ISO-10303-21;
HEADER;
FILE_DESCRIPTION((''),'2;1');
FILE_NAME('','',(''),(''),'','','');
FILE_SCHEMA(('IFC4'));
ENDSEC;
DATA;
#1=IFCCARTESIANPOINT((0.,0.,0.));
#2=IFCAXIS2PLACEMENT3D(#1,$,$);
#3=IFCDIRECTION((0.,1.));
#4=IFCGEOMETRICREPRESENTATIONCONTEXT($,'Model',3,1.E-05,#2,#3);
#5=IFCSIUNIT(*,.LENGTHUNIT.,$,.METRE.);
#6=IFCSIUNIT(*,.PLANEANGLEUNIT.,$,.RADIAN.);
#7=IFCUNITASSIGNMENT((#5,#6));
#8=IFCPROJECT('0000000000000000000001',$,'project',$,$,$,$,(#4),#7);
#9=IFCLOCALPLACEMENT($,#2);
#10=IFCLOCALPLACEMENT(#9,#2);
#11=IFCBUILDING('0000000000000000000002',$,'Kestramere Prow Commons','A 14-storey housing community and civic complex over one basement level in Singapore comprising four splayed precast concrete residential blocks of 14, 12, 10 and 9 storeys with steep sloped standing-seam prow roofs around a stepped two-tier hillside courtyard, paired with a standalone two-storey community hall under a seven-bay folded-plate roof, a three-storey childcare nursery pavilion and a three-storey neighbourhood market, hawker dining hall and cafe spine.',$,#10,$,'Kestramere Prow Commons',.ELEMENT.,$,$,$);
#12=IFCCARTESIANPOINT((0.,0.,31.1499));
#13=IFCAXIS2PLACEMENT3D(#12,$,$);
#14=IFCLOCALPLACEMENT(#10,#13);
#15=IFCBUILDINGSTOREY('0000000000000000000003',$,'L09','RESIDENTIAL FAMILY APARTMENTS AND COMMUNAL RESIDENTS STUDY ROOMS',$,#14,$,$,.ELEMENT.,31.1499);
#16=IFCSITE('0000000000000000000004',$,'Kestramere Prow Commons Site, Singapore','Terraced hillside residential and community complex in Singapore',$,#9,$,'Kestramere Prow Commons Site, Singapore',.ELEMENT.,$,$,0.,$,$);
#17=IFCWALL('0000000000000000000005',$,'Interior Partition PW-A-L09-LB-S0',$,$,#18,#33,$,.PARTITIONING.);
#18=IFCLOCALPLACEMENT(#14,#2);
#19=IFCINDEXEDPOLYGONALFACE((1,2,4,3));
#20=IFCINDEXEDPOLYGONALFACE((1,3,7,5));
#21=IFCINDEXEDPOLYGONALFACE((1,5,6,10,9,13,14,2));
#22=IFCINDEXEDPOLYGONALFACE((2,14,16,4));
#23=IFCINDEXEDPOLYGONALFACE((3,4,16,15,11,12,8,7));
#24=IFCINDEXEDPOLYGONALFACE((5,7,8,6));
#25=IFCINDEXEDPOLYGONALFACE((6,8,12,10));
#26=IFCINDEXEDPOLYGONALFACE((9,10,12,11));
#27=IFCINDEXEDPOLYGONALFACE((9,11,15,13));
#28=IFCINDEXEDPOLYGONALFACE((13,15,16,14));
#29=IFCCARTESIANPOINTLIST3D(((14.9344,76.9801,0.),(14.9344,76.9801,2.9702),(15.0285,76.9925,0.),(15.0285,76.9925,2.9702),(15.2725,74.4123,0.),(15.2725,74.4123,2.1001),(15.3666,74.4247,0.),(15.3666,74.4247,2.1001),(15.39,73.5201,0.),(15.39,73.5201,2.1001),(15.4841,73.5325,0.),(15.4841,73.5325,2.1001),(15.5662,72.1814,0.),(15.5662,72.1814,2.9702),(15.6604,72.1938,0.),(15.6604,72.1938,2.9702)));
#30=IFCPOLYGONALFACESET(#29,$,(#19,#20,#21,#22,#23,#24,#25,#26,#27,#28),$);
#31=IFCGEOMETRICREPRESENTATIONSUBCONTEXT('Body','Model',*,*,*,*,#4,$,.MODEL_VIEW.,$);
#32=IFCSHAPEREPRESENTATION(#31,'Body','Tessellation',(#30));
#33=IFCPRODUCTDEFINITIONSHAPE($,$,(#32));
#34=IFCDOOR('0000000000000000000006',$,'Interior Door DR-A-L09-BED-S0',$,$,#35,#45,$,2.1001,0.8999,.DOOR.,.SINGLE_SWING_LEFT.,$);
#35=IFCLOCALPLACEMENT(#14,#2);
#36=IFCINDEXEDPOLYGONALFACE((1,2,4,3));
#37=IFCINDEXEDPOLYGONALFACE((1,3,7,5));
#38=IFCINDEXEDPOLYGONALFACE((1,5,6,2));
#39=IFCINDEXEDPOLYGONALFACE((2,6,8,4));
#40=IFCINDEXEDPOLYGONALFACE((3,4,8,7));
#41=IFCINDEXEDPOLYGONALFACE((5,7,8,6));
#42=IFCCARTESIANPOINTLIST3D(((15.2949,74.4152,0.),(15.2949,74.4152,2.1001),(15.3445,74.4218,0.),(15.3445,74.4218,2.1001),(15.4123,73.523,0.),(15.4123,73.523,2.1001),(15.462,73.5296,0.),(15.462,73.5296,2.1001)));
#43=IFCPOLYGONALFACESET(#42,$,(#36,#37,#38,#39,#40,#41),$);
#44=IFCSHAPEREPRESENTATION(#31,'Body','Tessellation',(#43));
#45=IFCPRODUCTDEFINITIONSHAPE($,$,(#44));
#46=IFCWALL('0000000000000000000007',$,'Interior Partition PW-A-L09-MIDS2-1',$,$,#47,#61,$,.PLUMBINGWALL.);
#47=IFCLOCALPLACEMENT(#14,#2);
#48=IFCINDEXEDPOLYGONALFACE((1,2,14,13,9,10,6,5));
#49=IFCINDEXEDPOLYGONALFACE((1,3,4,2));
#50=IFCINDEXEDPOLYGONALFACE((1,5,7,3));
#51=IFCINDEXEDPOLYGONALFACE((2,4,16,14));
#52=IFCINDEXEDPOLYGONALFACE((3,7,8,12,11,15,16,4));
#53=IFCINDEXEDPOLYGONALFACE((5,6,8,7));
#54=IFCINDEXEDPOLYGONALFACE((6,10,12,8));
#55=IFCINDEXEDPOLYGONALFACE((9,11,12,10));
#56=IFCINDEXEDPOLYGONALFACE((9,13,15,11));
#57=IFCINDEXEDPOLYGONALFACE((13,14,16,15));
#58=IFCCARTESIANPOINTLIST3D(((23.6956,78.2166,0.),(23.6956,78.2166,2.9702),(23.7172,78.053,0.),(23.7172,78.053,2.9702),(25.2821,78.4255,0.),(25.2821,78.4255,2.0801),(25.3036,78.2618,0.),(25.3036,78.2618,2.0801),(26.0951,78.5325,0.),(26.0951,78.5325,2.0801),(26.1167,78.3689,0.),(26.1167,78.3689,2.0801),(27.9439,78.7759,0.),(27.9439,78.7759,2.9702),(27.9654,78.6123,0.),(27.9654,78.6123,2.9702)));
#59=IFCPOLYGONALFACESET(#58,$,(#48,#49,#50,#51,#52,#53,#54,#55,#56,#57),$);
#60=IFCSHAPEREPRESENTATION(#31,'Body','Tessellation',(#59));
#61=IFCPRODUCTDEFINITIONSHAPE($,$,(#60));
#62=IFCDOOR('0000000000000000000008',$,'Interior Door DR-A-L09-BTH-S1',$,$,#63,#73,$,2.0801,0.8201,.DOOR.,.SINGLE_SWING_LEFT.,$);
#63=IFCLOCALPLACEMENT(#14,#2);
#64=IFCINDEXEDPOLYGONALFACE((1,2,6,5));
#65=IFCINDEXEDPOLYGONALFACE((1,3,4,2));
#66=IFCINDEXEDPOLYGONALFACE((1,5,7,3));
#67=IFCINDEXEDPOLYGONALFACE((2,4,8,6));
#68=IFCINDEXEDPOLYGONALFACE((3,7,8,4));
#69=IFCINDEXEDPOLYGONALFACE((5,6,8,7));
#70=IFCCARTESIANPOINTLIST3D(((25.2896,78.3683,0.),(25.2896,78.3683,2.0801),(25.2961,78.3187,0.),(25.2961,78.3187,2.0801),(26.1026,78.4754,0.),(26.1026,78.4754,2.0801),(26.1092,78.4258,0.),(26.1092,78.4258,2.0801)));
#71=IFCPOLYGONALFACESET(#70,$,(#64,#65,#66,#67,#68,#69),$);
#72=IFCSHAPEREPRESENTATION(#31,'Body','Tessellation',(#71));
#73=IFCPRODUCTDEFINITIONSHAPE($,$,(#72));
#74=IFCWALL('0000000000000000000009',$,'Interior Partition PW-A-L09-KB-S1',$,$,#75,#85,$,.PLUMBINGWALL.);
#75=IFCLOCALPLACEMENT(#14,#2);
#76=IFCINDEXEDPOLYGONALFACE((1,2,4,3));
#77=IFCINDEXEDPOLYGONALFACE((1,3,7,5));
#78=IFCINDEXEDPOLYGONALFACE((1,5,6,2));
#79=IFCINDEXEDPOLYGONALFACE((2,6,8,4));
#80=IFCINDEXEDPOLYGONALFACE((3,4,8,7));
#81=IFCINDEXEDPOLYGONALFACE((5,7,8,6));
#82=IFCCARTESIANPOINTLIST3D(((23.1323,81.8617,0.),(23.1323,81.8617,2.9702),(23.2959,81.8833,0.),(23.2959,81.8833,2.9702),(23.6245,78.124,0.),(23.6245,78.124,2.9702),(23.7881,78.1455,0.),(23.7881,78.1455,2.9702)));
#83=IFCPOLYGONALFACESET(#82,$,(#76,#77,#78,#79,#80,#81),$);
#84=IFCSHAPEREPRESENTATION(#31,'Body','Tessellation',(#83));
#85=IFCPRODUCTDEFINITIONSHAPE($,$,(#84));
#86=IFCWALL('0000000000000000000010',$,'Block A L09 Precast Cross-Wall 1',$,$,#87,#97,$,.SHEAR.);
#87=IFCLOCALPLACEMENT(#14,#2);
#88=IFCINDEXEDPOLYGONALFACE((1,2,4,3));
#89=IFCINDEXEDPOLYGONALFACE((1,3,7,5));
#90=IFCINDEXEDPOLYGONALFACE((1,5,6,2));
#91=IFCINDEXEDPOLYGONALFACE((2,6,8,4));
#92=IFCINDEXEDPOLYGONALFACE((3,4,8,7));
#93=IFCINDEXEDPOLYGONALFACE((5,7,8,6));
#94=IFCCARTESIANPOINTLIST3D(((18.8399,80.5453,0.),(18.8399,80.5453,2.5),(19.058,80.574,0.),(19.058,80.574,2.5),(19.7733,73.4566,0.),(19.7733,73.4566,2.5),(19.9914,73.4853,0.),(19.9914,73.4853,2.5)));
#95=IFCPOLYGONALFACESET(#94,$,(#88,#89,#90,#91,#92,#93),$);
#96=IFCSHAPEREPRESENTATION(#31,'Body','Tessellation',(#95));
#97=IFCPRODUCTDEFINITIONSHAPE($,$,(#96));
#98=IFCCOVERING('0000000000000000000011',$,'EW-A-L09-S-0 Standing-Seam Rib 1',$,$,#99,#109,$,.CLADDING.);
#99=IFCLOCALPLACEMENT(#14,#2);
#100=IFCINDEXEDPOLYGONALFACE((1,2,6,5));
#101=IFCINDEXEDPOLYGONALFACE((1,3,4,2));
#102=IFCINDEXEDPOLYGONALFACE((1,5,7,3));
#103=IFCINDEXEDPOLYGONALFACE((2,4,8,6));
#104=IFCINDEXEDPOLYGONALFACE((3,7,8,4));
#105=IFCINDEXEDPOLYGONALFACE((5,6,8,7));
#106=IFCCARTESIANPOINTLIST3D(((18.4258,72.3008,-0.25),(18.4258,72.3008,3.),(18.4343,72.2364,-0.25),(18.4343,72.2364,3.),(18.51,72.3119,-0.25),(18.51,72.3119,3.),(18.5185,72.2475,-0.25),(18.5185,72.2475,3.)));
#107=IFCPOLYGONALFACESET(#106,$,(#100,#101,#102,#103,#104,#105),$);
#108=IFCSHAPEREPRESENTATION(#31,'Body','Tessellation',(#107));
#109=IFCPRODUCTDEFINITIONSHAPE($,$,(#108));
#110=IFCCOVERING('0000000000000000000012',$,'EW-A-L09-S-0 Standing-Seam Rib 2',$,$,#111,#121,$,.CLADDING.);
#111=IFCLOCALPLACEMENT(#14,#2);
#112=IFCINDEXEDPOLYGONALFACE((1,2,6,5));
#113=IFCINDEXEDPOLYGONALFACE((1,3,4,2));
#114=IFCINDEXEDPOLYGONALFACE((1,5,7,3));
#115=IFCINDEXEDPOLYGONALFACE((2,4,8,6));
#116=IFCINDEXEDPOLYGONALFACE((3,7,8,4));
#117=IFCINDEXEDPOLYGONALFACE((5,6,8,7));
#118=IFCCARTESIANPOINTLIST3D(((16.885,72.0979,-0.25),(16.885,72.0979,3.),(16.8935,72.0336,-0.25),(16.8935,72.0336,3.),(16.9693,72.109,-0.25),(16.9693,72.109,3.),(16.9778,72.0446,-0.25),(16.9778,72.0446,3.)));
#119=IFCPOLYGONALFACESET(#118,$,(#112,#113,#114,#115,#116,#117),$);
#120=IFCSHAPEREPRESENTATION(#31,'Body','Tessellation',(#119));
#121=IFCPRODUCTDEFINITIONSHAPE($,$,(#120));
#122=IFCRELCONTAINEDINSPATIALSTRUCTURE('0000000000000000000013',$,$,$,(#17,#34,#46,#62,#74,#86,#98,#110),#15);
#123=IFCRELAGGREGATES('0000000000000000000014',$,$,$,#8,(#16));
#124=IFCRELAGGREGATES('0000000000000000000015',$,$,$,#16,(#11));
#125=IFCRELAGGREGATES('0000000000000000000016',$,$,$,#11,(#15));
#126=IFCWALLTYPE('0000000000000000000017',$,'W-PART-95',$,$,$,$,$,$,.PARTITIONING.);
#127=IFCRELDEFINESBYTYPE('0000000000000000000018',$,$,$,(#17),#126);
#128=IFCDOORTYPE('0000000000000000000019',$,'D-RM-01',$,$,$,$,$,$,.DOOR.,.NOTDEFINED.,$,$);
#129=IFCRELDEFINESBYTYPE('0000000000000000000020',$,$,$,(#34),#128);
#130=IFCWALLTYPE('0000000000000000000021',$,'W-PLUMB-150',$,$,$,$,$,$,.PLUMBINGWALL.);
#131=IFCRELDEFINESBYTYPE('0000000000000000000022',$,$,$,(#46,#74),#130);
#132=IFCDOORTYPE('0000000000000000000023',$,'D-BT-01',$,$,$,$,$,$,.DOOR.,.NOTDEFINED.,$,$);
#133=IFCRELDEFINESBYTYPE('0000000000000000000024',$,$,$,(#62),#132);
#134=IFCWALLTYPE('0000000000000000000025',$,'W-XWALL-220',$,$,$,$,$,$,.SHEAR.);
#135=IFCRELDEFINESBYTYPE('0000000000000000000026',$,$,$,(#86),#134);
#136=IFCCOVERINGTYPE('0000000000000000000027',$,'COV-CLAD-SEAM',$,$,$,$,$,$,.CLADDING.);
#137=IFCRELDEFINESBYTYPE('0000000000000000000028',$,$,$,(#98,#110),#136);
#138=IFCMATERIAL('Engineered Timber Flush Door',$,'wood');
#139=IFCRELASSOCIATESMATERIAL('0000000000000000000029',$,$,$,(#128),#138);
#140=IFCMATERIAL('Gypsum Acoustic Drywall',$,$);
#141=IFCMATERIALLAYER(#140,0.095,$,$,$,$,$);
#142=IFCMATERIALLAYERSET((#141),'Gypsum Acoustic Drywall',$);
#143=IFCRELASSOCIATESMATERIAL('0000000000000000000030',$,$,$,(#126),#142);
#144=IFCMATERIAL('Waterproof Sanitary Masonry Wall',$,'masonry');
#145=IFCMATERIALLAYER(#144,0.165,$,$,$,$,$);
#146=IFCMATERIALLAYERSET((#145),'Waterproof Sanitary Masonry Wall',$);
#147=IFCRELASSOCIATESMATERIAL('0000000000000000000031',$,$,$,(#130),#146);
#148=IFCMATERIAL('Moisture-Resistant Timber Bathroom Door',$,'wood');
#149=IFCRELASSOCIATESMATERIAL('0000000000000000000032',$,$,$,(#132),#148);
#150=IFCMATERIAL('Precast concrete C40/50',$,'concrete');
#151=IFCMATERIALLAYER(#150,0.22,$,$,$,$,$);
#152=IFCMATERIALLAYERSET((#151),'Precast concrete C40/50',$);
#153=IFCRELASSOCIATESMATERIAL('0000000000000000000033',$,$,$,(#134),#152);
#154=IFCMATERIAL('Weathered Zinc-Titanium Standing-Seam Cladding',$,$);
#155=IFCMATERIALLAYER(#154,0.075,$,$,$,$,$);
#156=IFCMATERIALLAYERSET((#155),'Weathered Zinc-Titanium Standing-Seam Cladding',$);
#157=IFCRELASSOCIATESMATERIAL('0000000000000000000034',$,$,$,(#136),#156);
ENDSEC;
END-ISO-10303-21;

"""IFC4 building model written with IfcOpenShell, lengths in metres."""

from ifc_helpers import new_model, si_unit, direction, frame, frame_2d, origin, origin_2d, place, context, subcontext, project, spatial, rectangle, extrude, material, layer, layer_set, type_object, element, fill, save


model = new_model("IFC4")

# Units and contexts
model_context = context("Model", 3, precision=1e-05, world=origin(), true_north=direction((0.0, 1.0)))
body_context = subcontext(model_context, "Body", "Model", "MODEL_VIEW")
ifc_project = project(units=[si_unit("LENGTHUNIT", "METRE"), si_unit("PLANEANGLEUNIT", "RADIAN")], contexts=[model_context])

# Site, building, storey
site_placement = place(None, origin())
site = spatial("IfcSite", under=ifc_project, at=site_placement, Name="Kestramere Prow Commons Site, Singapore", Description="Terraced hillside residential and community complex in Singapore", LongName="Kestramere Prow Commons Site, Singapore", CompositionType="ELEMENT", RefElevation=0.0)
building_placement = place(site_placement, origin())
building = spatial("IfcBuilding", under=site, at=building_placement, Name="Kestramere Prow Commons", Description="A 14-storey housing community and civic complex over one basement level in Singapore comprising four splayed precast concrete residential blocks of 14, 12, 10 and 9 storeys with steep sloped standing-seam prow roofs around a stepped two-tier hillside courtyard, paired with a standalone two-storey community hall under a seven-bay folded-plate roof, a three-storey childcare nursery pavilion and a three-storey neighbourhood market, hawker dining hall and cafe spine.", LongName="Kestramere Prow Commons", CompositionType="ELEMENT")
storey_placement = place(building_placement, frame((0.0, 0.0, 31.1499)))
storey = spatial("IfcBuildingStorey", under=building, at=storey_placement, Name="L09", Description="RESIDENTIAL FAMILY APARTMENTS AND COMMUNAL RESIDENTS STUDY ROOMS", CompositionType="ELEMENT", Elevation=31.1499)

# Shared definitions
ifc_material_1 = material(Name="Precast concrete C40/50", Category="concrete")

# Walls, openings, doors
ifc_material_2 = material(Name="Engineered Timber Flush Door", Category="wood")
door_type_1 = type_object("IfcDoorType", Name="D-RM-01", OperationType="NOTDEFINED", PredefinedType="DOOR", material=ifc_material_2)
ifc_material_3 = material(Name="Gypsum Acoustic Drywall")
ifc_layer_1 = layer(ifc_material_3, 0.095)
ifc_layer_set_1 = layer_set([ifc_layer_1], Name="Gypsum Acoustic Drywall")
wall_type_1 = type_object("IfcWallType", Name="W-PART-95", PredefinedType="PARTITIONING", material=ifc_layer_set_1)
wall_1_placement = place(storey_placement, frame((15.6133, 72.1877, 0.0), z_axis=(0.0, 0.0, 1.0), x_axis=(-0.130545, 0.991442, 0.0)))
wall_1 = element("IfcWall", 1, at=wall_1_placement, inside=storey, type_object=wall_type_1, Name="Interior Partition PW-A-L09-LB-S0", PredefinedType="PARTITIONING", context=body_context, shape_type="SweptSolid", body=[
    extrude(rectangle(XDim=4.8401, YDim=0.095, at=frame_2d((2.4199, 0.0))), origin(), (0.0, 0.0, 1.0), 2.9702),
])
opening_1_placement = place(wall_1_placement, frame((1.3501, 0.0, 0.0)))
opening_1 = element("IfcOpeningElement", 2, at=opening_1_placement, cuts=wall_1, PredefinedType="OPENING", context=body_context, shape_type="SweptSolid", body=[
    extrude(rectangle(XDim=0.8999, YDim=2.1001, at=frame_2d((0.45, 1.05))), frame((0.0, 0.0625, 0.0), z_axis=(0.0, -1.0, 0.0), x_axis=(1.0, 0.0, 0.0)), (0.0, 0.0, 1.0), 0.125),
])
door_1_placement = place(opening_1_placement, origin())
door_1 = element("IfcDoor", 3, at=door_1_placement, inside=storey, type_object=door_type_1, Name="Interior Door DR-A-L09-BED-S0", OperationType="SINGLE_SWING_LEFT", OverallHeight=2.1001, OverallWidth=0.8999, PredefinedType="DOOR", context=body_context, shape_type="SweptSolid", body=[
    extrude(rectangle(XDim=0.8999, YDim=2.1001, at=frame_2d((0.45, 1.05))), frame((0.0, 0.0249, 0.0), z_axis=(0.0, -1.0, 0.0), x_axis=(1.0, 0.0, 0.0)), (0.0, 0.0, 1.0), 0.05),
])
fill(opening_1, door_1)
ifc_material_4 = material(Name="Waterproof Sanitary Masonry Wall", Category="masonry")
ifc_layer_2 = layer(ifc_material_4, 0.165)
ifc_layer_set_2 = layer_set([ifc_layer_2], Name="Waterproof Sanitary Masonry Wall")
wall_type_2 = type_object("IfcWallType", Name="W-PLUMB-150", PredefinedType="PLUMBINGWALL", material=ifc_layer_set_2)
wall_2_placement = place(storey_placement, frame((23.7063, 78.1348, 0.0), z_axis=(0.0, 0.0, 1.0), x_axis=(0.991444, 0.130533, 0.0)))
wall_2 = element("IfcWall", 4, at=wall_2_placement, inside=storey, type_object=wall_type_2, Name="Interior Partition PW-A-L09-MIDS2-1", PredefinedType="PLUMBINGWALL", context=body_context, shape_type="SweptSolid", body=[
    extrude(rectangle(XDim=4.2849, YDim=0.165, at=frame_2d((2.1426, 0.0))), origin(), (0.0, 0.0, 1.0), 2.9702),
])
opening_2_placement = place(wall_2_placement, frame((1.6001, 0.0, 0.0)))
opening_2 = element("IfcOpeningElement", 5, at=opening_2_placement, cuts=wall_2, PredefinedType="OPENING", context=body_context, shape_type="SweptSolid", body=[
    extrude(rectangle(XDim=0.8201, YDim=2.0801, at=frame_2d((0.4102, 1.04))), frame((0.0, 0.0974, 0.0), z_axis=(0.0, -1.0, 0.0), x_axis=(1.0, 0.0, 0.0)), (0.0, 0.0, 1.0), 0.1951),
])
ifc_material_5 = material(Name="Moisture-Resistant Timber Bathroom Door", Category="wood")
door_type_2 = type_object("IfcDoorType", Name="D-BT-01", OperationType="NOTDEFINED", PredefinedType="DOOR", material=ifc_material_5)
door_2_placement = place(opening_2_placement, origin())
door_2 = element("IfcDoor", 6, at=door_2_placement, inside=storey, type_object=door_type_2, Name="Interior Door DR-A-L09-BTH-S1", OperationType="SINGLE_SWING_LEFT", OverallHeight=2.0801, OverallWidth=0.8201, PredefinedType="DOOR", context=body_context, shape_type="SweptSolid", body=[
    extrude(rectangle(XDim=0.8201, YDim=2.0801, at=frame_2d((0.4102, 1.04))), frame((0.0, 0.0249, 0.0), z_axis=(0.0, -1.0, 0.0), x_axis=(1.0, 0.0, 0.0)), (0.0, 0.0, 1.0), 0.05),
])
fill(opening_2, door_2)

# Walls
wall_3_placement = place(storey_placement, frame((23.7063, 78.1348, 0.0), z_axis=(0.0, 0.0, 1.0), x_axis=(-0.130552, 0.991442, 0.0)))
element("IfcWall", 7, at=wall_3_placement, inside=storey, type_object=wall_type_2, Name="Interior Partition PW-A-L09-KB-S1", PredefinedType="PLUMBINGWALL", context=body_context, shape_type="SweptSolid", body=[
    extrude(rectangle(XDim=3.77, YDim=0.165, at=frame_2d((1.885, 0.0))), origin(), (0.0, 0.0, 1.0), 2.9702),
])
ifc_layer_3 = layer(ifc_material_1, 0.22)
ifc_layer_set_3 = layer_set([ifc_layer_3], Name="Precast concrete C40/50")
wall_type_3 = type_object("IfcWallType", Name="W-XWALL-220", PredefinedType="SHEAR", material=ifc_layer_set_3)
wall_4_placement = place(storey_placement, frame((19.8823, 73.4709, 0.0), z_axis=(0.0, 0.0, 1.0), x_axis=(-0.130542, 0.991443, 0.0)))
element("IfcWall", 8, at=wall_4_placement, inside=storey, type_object=wall_type_3, Name="Block A L09 Precast Cross-Wall 1", PredefinedType="SHEAR", context=body_context, shape_type="SweptSolid", body=[
    extrude(rectangle(XDim=7.1499, YDim=0.22, at=frame_2d((3.575, 0.0))), origin(), (0.0, 0.0, 1.0), 2.5),
])

# Coverings
ifc_material_6 = material(Name="Weathered Zinc-Titanium Standing-Seam Cladding")
ifc_layer_4 = layer(ifc_material_6, 0.075)
ifc_layer_set_4 = layer_set([ifc_layer_4], Name="Weathered Zinc-Titanium Standing-Seam Cladding")
covering_type = type_object("IfcCoveringType", Name="COV-CLAD-SEAM", PredefinedType="CLADDING", material=ifc_layer_set_4)
for number, where, z_axis, x_axis, name in (
    (9, (18.4722, 72.2742, -0.25), (0.0, 0.0, 1.0), (-0.991445, -0.130526, 0.0), "EW-A-L09-S-0 Standing-Seam Rib 1"),
    (10, (16.9314, 72.0713, -0.25), (0.0, 0.0, 1.0), (-0.991445, -0.130526, 0.0), "EW-A-L09-S-0 Standing-Seam Rib 2"),
):
    element("IfcCovering", number, at=place(storey_placement, frame(where, z_axis=z_axis, x_axis=x_axis)), inside=storey, type_object=covering_type, Name=name, PredefinedType="CLADDING", context=body_context, shape_type="SweptSolid", body=[
        extrude(rectangle(XDim=0.085, YDim=0.0649, at=origin_2d()), origin(), (0.0, 0.0, 1.0), 3.25),
    ])

save(model, "model.ifc")
